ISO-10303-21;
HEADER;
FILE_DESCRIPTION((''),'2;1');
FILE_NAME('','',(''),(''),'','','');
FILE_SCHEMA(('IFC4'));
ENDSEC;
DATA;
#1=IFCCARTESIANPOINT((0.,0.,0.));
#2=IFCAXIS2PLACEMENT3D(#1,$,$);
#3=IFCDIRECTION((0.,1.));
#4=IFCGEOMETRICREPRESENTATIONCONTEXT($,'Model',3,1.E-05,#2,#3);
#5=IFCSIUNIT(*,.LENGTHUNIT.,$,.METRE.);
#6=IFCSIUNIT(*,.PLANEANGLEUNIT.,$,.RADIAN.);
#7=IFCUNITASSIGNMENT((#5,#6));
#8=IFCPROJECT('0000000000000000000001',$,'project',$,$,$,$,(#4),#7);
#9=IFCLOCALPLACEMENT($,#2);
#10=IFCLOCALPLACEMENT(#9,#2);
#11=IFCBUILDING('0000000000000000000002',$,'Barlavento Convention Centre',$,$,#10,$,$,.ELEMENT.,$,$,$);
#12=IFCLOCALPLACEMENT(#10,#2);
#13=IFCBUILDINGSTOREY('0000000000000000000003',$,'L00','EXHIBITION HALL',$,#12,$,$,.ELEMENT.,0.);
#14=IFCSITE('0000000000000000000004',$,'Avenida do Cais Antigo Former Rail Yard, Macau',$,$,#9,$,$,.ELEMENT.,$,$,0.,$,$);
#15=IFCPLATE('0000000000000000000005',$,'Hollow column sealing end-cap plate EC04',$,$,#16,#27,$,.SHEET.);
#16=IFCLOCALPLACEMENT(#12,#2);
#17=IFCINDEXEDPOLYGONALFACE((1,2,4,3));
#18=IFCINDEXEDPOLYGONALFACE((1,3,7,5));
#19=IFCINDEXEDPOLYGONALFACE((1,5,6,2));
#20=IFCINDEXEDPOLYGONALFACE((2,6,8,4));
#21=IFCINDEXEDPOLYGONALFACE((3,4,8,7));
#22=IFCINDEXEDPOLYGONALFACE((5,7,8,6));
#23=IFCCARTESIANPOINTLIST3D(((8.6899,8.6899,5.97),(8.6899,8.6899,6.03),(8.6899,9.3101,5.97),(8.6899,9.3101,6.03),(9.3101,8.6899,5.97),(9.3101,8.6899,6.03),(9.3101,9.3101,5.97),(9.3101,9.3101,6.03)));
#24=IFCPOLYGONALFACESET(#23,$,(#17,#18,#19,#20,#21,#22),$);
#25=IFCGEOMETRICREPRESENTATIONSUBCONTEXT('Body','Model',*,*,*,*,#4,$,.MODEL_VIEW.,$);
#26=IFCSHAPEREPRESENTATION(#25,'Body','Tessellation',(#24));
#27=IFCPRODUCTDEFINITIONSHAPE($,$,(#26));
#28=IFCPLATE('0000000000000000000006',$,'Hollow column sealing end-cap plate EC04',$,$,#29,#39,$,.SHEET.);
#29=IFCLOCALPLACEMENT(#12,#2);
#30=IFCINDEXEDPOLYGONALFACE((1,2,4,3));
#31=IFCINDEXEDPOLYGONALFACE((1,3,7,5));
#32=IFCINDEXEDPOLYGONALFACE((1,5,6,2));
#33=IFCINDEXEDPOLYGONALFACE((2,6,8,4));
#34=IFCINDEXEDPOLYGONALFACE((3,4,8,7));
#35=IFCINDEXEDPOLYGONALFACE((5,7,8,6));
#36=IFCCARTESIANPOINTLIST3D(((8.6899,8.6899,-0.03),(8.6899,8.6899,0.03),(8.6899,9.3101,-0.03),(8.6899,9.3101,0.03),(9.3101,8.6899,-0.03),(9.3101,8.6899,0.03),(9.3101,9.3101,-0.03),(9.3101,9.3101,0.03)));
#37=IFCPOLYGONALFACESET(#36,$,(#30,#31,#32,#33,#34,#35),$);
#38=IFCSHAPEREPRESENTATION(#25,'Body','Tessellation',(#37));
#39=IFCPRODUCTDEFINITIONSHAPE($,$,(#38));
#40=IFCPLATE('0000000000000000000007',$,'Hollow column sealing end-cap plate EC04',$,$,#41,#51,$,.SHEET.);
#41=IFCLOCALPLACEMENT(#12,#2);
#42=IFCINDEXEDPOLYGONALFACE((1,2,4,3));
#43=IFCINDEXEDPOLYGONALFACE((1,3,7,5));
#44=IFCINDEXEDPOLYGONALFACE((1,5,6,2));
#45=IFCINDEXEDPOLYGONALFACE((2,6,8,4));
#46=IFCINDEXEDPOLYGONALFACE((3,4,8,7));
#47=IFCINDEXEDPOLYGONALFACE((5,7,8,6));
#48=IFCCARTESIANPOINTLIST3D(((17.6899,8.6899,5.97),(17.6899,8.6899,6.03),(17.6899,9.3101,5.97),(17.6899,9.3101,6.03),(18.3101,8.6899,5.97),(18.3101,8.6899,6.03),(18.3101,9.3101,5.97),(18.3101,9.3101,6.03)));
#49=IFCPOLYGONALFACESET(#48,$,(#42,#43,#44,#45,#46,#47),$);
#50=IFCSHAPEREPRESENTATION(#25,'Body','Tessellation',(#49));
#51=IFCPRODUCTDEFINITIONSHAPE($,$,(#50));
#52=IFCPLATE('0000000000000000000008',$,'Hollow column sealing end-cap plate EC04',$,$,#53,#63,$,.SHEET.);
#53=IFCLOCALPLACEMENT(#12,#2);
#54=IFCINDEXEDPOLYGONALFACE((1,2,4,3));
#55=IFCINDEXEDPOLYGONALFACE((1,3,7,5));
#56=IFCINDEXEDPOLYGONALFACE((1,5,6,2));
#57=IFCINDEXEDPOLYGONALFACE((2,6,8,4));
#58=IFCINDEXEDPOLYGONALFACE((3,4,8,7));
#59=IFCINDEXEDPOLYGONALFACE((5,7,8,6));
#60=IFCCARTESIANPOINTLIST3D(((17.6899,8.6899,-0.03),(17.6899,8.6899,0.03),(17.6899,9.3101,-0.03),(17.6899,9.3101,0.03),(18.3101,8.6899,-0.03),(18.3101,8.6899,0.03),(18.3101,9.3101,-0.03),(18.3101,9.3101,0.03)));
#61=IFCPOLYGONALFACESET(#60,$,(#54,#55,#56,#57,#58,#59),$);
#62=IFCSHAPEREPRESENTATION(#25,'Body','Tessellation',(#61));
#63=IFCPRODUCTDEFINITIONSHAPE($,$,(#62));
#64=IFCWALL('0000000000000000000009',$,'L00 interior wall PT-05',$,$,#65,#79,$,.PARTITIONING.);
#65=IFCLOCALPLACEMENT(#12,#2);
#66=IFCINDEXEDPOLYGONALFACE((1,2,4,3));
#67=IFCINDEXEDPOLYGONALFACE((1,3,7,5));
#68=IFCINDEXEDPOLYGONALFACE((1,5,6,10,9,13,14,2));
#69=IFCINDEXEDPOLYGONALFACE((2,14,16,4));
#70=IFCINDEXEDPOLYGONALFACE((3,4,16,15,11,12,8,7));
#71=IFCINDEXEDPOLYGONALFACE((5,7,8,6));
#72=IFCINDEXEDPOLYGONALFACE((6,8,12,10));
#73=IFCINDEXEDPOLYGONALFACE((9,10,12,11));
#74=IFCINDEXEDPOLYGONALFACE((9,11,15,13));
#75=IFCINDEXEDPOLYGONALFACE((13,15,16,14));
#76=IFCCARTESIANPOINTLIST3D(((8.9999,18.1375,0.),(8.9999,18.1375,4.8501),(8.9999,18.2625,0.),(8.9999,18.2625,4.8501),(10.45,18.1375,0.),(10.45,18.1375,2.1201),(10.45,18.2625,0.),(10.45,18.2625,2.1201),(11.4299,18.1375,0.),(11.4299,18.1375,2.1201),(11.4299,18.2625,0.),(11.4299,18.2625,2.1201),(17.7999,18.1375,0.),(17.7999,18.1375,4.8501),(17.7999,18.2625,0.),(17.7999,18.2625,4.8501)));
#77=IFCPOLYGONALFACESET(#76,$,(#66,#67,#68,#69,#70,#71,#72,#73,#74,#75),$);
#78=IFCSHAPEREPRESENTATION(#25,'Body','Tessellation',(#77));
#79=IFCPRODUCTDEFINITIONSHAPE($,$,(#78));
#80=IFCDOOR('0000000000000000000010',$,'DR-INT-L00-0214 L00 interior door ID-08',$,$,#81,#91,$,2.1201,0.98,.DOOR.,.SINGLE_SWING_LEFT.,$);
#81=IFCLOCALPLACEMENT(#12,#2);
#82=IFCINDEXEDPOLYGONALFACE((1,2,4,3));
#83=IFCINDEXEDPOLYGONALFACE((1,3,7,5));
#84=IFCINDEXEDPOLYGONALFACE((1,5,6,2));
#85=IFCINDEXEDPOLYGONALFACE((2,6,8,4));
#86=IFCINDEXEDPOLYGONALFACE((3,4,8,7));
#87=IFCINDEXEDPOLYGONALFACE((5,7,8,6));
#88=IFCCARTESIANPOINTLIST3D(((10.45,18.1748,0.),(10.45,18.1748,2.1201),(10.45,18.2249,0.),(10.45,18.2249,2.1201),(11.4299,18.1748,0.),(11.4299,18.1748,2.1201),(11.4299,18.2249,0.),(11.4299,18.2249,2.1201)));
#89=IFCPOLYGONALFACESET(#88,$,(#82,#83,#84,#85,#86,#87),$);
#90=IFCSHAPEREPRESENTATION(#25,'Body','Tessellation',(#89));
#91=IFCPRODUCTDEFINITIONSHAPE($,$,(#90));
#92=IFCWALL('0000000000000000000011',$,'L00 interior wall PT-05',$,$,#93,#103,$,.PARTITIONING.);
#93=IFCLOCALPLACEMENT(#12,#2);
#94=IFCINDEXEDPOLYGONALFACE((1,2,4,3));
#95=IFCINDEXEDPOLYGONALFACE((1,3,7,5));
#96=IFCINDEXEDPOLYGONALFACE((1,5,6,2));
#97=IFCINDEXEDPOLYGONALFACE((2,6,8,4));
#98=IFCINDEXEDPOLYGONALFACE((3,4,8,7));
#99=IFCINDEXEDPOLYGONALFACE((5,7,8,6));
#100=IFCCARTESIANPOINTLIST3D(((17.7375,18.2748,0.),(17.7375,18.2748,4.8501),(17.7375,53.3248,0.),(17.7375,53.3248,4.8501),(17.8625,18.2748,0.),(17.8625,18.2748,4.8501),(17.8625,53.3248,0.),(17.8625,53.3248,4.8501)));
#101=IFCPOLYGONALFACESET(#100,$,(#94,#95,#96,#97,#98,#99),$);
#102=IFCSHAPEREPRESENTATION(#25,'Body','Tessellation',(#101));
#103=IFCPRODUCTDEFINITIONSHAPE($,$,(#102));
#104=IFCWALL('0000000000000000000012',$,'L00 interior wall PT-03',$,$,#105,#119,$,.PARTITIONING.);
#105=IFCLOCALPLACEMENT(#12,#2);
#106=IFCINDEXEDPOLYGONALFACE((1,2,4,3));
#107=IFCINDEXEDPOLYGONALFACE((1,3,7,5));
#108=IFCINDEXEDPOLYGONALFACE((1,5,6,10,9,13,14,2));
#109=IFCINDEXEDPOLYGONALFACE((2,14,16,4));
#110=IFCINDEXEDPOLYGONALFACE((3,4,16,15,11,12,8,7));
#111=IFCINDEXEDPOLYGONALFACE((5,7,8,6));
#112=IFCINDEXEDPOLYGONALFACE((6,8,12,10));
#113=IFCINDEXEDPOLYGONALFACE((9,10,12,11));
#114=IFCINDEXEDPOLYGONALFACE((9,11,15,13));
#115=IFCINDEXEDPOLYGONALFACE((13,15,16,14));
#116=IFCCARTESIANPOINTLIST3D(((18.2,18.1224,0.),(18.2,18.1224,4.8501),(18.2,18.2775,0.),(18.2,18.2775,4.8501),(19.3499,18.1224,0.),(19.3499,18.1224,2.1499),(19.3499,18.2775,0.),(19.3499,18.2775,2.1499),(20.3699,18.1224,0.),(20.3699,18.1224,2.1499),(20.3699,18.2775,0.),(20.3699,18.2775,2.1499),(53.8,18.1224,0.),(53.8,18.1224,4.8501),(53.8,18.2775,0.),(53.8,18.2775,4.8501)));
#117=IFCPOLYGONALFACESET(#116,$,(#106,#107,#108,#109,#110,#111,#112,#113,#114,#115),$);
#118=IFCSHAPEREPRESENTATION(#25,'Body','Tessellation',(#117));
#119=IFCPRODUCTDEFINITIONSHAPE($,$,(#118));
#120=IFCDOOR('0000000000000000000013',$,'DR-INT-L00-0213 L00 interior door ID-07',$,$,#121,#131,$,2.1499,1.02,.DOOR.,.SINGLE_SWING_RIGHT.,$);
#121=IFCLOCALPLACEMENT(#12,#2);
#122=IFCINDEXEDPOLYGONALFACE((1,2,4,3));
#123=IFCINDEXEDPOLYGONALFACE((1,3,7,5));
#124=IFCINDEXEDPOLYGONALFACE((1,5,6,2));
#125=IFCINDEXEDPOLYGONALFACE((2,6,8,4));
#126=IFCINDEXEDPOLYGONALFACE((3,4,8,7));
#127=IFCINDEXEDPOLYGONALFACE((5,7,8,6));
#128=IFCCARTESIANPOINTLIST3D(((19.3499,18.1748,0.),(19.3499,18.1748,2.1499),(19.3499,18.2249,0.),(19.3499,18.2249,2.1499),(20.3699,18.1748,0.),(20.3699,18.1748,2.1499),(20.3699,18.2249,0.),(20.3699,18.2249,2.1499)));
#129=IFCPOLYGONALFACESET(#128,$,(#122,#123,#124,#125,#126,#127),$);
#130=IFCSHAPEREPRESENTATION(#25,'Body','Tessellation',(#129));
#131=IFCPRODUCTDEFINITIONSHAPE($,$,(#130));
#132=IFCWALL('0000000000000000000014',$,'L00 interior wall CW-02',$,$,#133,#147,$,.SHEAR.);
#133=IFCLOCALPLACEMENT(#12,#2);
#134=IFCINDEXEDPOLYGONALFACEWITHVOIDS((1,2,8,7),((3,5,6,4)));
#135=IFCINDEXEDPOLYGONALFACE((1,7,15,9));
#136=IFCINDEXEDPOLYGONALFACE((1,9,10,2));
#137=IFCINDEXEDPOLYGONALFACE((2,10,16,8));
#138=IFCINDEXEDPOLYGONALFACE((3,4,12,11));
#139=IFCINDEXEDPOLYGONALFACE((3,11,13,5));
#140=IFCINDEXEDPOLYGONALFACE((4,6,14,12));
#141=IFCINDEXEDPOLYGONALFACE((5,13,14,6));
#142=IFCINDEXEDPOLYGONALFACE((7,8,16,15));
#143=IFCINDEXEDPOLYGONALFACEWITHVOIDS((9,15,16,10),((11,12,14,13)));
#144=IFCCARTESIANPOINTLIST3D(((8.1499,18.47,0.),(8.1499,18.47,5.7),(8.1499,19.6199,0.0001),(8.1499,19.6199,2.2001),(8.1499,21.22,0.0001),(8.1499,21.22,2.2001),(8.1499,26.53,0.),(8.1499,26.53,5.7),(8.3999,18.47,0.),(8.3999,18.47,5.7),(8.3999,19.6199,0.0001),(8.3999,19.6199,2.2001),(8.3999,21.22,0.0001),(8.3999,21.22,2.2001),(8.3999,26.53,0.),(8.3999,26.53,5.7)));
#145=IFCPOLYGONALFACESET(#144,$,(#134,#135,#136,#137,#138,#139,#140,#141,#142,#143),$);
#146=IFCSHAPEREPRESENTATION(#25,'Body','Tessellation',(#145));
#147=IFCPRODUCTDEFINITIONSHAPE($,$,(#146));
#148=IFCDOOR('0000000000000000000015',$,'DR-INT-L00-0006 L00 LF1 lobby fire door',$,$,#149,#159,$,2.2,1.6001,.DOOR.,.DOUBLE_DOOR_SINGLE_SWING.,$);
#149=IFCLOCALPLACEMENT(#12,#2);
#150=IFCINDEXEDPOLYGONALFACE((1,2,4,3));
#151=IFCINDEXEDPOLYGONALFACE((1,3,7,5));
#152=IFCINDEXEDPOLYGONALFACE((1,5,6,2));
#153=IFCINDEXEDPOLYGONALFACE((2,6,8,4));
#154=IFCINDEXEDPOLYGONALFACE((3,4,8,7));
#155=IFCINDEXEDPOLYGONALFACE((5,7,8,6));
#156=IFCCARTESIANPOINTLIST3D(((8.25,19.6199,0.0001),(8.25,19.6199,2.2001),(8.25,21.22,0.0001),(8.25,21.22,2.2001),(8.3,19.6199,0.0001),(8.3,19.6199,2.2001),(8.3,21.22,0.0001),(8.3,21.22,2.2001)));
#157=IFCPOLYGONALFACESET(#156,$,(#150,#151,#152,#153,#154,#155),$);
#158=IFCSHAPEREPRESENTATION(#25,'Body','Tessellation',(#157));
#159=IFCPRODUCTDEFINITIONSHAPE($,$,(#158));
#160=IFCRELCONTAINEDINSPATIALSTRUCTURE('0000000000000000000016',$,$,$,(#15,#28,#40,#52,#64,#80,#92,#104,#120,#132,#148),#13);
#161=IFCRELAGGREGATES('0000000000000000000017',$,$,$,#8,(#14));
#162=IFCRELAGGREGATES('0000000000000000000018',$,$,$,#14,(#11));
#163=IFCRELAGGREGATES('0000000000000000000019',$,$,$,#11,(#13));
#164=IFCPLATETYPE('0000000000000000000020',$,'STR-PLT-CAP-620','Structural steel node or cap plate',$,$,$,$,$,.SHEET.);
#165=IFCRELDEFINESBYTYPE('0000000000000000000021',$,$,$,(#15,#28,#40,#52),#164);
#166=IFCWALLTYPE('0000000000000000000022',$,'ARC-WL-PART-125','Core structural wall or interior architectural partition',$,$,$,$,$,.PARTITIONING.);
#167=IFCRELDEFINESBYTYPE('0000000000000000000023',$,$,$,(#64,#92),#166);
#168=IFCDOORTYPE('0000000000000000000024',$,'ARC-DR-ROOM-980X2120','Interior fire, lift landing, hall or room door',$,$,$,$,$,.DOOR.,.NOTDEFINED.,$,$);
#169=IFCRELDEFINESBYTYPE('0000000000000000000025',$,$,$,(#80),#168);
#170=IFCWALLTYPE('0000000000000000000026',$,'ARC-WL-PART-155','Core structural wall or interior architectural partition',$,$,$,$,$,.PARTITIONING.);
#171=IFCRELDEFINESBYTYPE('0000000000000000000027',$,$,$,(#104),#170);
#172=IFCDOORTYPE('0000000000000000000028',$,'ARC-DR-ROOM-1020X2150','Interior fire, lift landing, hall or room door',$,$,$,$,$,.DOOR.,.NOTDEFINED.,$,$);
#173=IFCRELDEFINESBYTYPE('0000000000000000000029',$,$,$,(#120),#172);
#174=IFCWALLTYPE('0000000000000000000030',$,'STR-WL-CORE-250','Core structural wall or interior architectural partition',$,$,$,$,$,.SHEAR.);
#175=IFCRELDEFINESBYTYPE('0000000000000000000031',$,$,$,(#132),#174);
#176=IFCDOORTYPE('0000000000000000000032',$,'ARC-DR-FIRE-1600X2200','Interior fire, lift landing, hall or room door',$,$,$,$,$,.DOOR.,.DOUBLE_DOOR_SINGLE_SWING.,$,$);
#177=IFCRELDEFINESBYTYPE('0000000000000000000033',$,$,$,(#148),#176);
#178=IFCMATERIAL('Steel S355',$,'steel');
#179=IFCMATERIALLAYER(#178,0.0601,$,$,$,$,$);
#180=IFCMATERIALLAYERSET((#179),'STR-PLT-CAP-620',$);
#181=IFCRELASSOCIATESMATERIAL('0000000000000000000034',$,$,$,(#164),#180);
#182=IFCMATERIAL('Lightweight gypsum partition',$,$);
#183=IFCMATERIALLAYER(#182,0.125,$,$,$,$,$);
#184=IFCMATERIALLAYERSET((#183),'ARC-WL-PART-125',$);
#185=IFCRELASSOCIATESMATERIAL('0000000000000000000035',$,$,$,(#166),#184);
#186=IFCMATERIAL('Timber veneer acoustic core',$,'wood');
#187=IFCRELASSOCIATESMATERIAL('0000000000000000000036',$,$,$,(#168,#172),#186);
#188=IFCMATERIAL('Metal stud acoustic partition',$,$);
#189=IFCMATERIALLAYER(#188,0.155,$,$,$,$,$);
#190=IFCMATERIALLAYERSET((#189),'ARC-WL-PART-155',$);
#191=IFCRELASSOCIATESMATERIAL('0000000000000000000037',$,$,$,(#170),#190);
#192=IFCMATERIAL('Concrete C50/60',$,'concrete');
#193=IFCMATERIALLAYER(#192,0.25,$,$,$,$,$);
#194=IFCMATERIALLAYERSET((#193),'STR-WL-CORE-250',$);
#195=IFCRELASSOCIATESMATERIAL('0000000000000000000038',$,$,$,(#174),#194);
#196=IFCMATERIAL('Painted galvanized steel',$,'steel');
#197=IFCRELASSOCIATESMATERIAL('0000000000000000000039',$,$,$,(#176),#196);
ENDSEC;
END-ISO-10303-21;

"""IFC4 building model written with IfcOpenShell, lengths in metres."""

from ifc_helpers import new_model, si_unit, direction, frame, frame_2d, origin, origin_2d, place, context, subcontext, project, spatial, rectangle, extrude, material, layer, layer_set, type_object, element, fill, save


model = new_model("IFC4")

# Units and contexts
model_context = context("Model", 3, precision=1e-05, world=origin(), true_north=direction((0.0, 1.0)))
body_context = subcontext(model_context, "Body", "Model", "MODEL_VIEW")
ifc_project = project(units=[si_unit("LENGTHUNIT", "METRE"), si_unit("PLANEANGLEUNIT", "RADIAN")], contexts=[model_context])

# Site, building, storey
site_placement = place(None, origin())
site = spatial("IfcSite", under=ifc_project, at=site_placement, Name="Avenida do Cais Antigo Former Rail Yard, Macau", CompositionType="ELEMENT", RefElevation=0.0)
building_placement = place(site_placement, origin())
building = spatial("IfcBuilding", under=site, at=building_placement, Name="Barlavento Convention Centre", CompositionType="ELEMENT")
storey_placement = place(building_placement, origin())
storey = spatial("IfcBuildingStorey", under=building, at=storey_placement, Name="L00", Description="EXHIBITION HALL", CompositionType="ELEMENT", Elevation=0.0)

# Shared definitions
ifc_material_1 = material(Name="Concrete C50/60", Category="concrete")

# Shared definitions
ifc_material_2 = material(Name="Steel S355", Category="steel")

# Plates
ifc_layer_1 = layer(ifc_material_2, 0.0601)
ifc_layer_set_1 = layer_set([ifc_layer_1], Name="STR-PLT-CAP-620")
plate_type = type_object("IfcPlateType", Name="STR-PLT-CAP-620", Description="Structural steel node or cap plate", PredefinedType="SHEET", material=ifc_layer_set_1)
for number, where, z_axis, x_axis, name in (
    (1, (9.0, 9.0, 5.97), (0.0, 0.0, 1.0), (1.0, 0.0, 0.0), "Hollow column sealing end-cap plate EC04"),
    (2, (9.0, 9.0, -0.03), (0.0, 0.0, 1.0), (1.0, 0.0, 0.0), "Hollow column sealing end-cap plate EC04"),
    (3, (18.0, 9.0, 5.97), (0.0, 0.0, 1.0), (1.0, 0.0, 0.0), "Hollow column sealing end-cap plate EC04"),
    (4, (18.0, 9.0, -0.03), (0.0, 0.0, 1.0), (1.0, 0.0, 0.0), "Hollow column sealing end-cap plate EC04"),
):
    element("IfcPlate", number, at=place(storey_placement, frame(where, z_axis=z_axis, x_axis=x_axis)), inside=storey, type_object=plate_type, Name=name, PredefinedType="SHEET", context=body_context, shape_type="SweptSolid", body=[
        extrude(rectangle(XDim=0.6201, YDim=0.6201, at=origin_2d()), origin(), (0.0, 0.0, 1.0), 0.0601),
    ])

# Wall, opening, door
ifc_material_3 = material(Name="Lightweight gypsum partition")
ifc_layer_2 = layer(ifc_material_3, 0.125)
ifc_layer_set_2 = layer_set([ifc_layer_2], Name="ARC-WL-PART-125")
wall_type_1 = type_object("IfcWallType", Name="ARC-WL-PART-125", Description="Core structural wall or interior architectural partition", PredefinedType="PARTITIONING", material=ifc_layer_set_2)
wall_1_placement = place(storey_placement, frame((9.0, 18.2, 0.0), z_axis=(0.0, 0.0, 1.0), x_axis=(1.0, 0.0, 0.0)))
wall_1 = element("IfcWall", 5, at=wall_1_placement, inside=storey, type_object=wall_type_1, Name="L00 interior wall PT-05", PredefinedType="PARTITIONING", context=body_context, shape_type="SweptSolid", body=[
    extrude(rectangle(XDim=8.8, YDim=0.125, at=frame_2d((4.3999, 0.0))), origin(), (0.0, 0.0, 1.0), 4.8501),
])
opening_1_placement = place(wall_1_placement, frame((1.45, 0.0, 0.0)))
opening_1 = element("IfcOpeningElement", 6, at=opening_1_placement, cuts=wall_1, PredefinedType="OPENING", context=body_context, shape_type="SweptSolid", body=[
    extrude(rectangle(XDim=0.98, YDim=2.1201, at=frame_2d((0.49, 1.0601))), frame((0.0, 0.0725, 0.0), z_axis=(0.0, -1.0, 0.0), x_axis=(1.0, 0.0, 0.0)), (0.0, 0.0, 1.0), 0.145),
])
ifc_material_4 = material(Name="Timber veneer acoustic core", Category="wood")
door_type_1 = type_object("IfcDoorType", Name="ARC-DR-ROOM-980X2120", Description="Interior fire, lift landing, hall or room door", OperationType="NOTDEFINED", PredefinedType="DOOR", material=ifc_material_4)
door_1_placement = place(opening_1_placement, origin())
door_1 = element("IfcDoor", 7, at=door_1_placement, inside=storey, type_object=door_type_1, Name="DR-INT-L00-0214 L00 interior door ID-08", OperationType="SINGLE_SWING_LEFT", OverallHeight=2.1201, OverallWidth=0.98, PredefinedType="DOOR", context=body_context, shape_type="SweptSolid", body=[
    extrude(rectangle(XDim=0.98, YDim=2.1201, at=frame_2d((0.49, 1.0601))), frame((0.0, 0.0249, 0.0), z_axis=(0.0, -1.0, 0.0), x_axis=(1.0, 0.0, 0.0)), (0.0, 0.0, 1.0), 0.05),
])
fill(opening_1, door_1)

# Wall
wall_2_placement = place(storey_placement, frame((17.8, 18.2749, 0.0), z_axis=(0.0, 0.0, 1.0), x_axis=(0.0, 1.0, 0.0)))
element("IfcWall", 8, at=wall_2_placement, inside=storey, type_object=wall_type_1, Name="L00 interior wall PT-05", PredefinedType="PARTITIONING", context=body_context, shape_type="SweptSolid", body=[
    extrude(rectangle(XDim=35.05, YDim=0.125, at=frame_2d((17.5249, 0.0))), origin(), (0.0, 0.0, 1.0), 4.8501),
])

# Walls, openings, doors
ifc_material_5 = material(Name="Metal stud acoustic partition")
ifc_layer_3 = layer(ifc_material_5, 0.155)
ifc_layer_set_3 = layer_set([ifc_layer_3], Name="ARC-WL-PART-155")
wall_type_2 = type_object("IfcWallType", Name="ARC-WL-PART-155", Description="Core structural wall or interior architectural partition", PredefinedType="PARTITIONING", material=ifc_layer_set_3)
wall_3_placement = place(storey_placement, frame((18.2, 18.2, 0.0), z_axis=(0.0, 0.0, 1.0), x_axis=(1.0, 0.0, 0.0)))
wall_3 = element("IfcWall", 9, at=wall_3_placement, inside=storey, type_object=wall_type_2, Name="L00 interior wall PT-03", PredefinedType="PARTITIONING", context=body_context, shape_type="SweptSolid", body=[
    extrude(rectangle(XDim=35.6001, YDim=0.155, at=frame_2d((17.8, 0.0))), origin(), (0.0, 0.0, 1.0), 4.8501),
])
opening_2_placement = place(wall_3_placement, frame((1.1499, 0.0, 0.0)))
opening_2 = element("IfcOpeningElement", 10, at=opening_2_placement, cuts=wall_3, PredefinedType="OPENING", context=body_context, shape_type="SweptSolid", body=[
    extrude(rectangle(XDim=1.02, YDim=2.1499, at=frame_2d((0.51, 1.075))), frame((0.0, 0.0874, 0.0), z_axis=(0.0, -1.0, 0.0), x_axis=(1.0, 0.0, 0.0)), (0.0, 0.0, 1.0), 0.175),
])
door_type_2 = type_object("IfcDoorType", Name="ARC-DR-ROOM-1020X2150", Description="Interior fire, lift landing, hall or room door", OperationType="NOTDEFINED", PredefinedType="DOOR", material=ifc_material_4)
door_2_placement = place(opening_2_placement, origin())
door_2 = element("IfcDoor", 11, at=door_2_placement, inside=storey, type_object=door_type_2, Name="DR-INT-L00-0213 L00 interior door ID-07", OperationType="SINGLE_SWING_RIGHT", OverallHeight=2.1499, OverallWidth=1.02, PredefinedType="DOOR", context=body_context, shape_type="SweptSolid", body=[
    extrude(rectangle(XDim=1.02, YDim=2.1499, at=frame_2d((0.51, 1.075))), frame((0.0, 0.0249, 0.0), z_axis=(0.0, -1.0, 0.0), x_axis=(1.0, 0.0, 0.0)), (0.0, 0.0, 1.0), 0.05),
])
fill(opening_2, door_2)
ifc_layer_4 = layer(ifc_material_1, 0.25)
ifc_layer_set_4 = layer_set([ifc_layer_4], Name="STR-WL-CORE-250")
wall_type_3 = type_object("IfcWallType", Name="STR-WL-CORE-250", Description="Core structural wall or interior architectural partition", PredefinedType="SHEAR", material=ifc_layer_set_4)
wall_4_placement = place(storey_placement, frame((8.2749, 18.47, 0.0), z_axis=(0.0, 0.0, 1.0), x_axis=(0.0, 1.0, 0.0)))
wall_4 = element("IfcWall", 12, at=wall_4_placement, inside=storey, type_object=wall_type_3, Name="L00 interior wall CW-02", PredefinedType="SHEAR", context=body_context, shape_type="SweptSolid", body=[
    extrude(rectangle(XDim=8.0601, YDim=0.25, at=frame_2d((4.03, 0.0))), origin(), (0.0, 0.0, 1.0), 5.7),
])
opening_3_placement = place(wall_4_placement, frame((1.1499, 0.0, 0.0)))
opening_3 = element("IfcOpeningElement", 13, at=opening_3_placement, cuts=wall_4, PredefinedType="OPENING", context=body_context, shape_type="SweptSolid", body=[
    extrude(rectangle(XDim=1.6001, YDim=2.2, at=frame_2d((0.8, 1.1001))), frame((0.0, 0.135, 0.0), z_axis=(0.0, -1.0, 0.0), x_axis=(1.0, 0.0, 0.0)), (0.0, 0.0, 1.0), 0.27),
])
ifc_material_6 = material(Name="Painted galvanized steel", Category="steel")
door_type_3 = type_object("IfcDoorType", Name="ARC-DR-FIRE-1600X2200", Description="Interior fire, lift landing, hall or room door", OperationType="DOUBLE_DOOR_SINGLE_SWING", PredefinedType="DOOR", material=ifc_material_6)
door_3_placement = place(opening_3_placement, origin())
door_3 = element("IfcDoor", 14, at=door_3_placement, inside=storey, type_object=door_type_3, Name="DR-INT-L00-0006 L00 LF1 lobby fire door", OperationType="DOUBLE_DOOR_SINGLE_SWING", OverallHeight=2.2, OverallWidth=1.6001, PredefinedType="DOOR", context=body_context, shape_type="SweptSolid", body=[
    extrude(rectangle(XDim=1.6001, YDim=2.2, at=frame_2d((0.8, 1.1001))), frame((0.0, 0.0249, 0.0), z_axis=(0.0, -1.0, 0.0), x_axis=(1.0, 0.0, 0.0)), (0.0, 0.0, 1.0), 0.05),
])
fill(opening_3, door_3)

save(model, "model.ifc")
